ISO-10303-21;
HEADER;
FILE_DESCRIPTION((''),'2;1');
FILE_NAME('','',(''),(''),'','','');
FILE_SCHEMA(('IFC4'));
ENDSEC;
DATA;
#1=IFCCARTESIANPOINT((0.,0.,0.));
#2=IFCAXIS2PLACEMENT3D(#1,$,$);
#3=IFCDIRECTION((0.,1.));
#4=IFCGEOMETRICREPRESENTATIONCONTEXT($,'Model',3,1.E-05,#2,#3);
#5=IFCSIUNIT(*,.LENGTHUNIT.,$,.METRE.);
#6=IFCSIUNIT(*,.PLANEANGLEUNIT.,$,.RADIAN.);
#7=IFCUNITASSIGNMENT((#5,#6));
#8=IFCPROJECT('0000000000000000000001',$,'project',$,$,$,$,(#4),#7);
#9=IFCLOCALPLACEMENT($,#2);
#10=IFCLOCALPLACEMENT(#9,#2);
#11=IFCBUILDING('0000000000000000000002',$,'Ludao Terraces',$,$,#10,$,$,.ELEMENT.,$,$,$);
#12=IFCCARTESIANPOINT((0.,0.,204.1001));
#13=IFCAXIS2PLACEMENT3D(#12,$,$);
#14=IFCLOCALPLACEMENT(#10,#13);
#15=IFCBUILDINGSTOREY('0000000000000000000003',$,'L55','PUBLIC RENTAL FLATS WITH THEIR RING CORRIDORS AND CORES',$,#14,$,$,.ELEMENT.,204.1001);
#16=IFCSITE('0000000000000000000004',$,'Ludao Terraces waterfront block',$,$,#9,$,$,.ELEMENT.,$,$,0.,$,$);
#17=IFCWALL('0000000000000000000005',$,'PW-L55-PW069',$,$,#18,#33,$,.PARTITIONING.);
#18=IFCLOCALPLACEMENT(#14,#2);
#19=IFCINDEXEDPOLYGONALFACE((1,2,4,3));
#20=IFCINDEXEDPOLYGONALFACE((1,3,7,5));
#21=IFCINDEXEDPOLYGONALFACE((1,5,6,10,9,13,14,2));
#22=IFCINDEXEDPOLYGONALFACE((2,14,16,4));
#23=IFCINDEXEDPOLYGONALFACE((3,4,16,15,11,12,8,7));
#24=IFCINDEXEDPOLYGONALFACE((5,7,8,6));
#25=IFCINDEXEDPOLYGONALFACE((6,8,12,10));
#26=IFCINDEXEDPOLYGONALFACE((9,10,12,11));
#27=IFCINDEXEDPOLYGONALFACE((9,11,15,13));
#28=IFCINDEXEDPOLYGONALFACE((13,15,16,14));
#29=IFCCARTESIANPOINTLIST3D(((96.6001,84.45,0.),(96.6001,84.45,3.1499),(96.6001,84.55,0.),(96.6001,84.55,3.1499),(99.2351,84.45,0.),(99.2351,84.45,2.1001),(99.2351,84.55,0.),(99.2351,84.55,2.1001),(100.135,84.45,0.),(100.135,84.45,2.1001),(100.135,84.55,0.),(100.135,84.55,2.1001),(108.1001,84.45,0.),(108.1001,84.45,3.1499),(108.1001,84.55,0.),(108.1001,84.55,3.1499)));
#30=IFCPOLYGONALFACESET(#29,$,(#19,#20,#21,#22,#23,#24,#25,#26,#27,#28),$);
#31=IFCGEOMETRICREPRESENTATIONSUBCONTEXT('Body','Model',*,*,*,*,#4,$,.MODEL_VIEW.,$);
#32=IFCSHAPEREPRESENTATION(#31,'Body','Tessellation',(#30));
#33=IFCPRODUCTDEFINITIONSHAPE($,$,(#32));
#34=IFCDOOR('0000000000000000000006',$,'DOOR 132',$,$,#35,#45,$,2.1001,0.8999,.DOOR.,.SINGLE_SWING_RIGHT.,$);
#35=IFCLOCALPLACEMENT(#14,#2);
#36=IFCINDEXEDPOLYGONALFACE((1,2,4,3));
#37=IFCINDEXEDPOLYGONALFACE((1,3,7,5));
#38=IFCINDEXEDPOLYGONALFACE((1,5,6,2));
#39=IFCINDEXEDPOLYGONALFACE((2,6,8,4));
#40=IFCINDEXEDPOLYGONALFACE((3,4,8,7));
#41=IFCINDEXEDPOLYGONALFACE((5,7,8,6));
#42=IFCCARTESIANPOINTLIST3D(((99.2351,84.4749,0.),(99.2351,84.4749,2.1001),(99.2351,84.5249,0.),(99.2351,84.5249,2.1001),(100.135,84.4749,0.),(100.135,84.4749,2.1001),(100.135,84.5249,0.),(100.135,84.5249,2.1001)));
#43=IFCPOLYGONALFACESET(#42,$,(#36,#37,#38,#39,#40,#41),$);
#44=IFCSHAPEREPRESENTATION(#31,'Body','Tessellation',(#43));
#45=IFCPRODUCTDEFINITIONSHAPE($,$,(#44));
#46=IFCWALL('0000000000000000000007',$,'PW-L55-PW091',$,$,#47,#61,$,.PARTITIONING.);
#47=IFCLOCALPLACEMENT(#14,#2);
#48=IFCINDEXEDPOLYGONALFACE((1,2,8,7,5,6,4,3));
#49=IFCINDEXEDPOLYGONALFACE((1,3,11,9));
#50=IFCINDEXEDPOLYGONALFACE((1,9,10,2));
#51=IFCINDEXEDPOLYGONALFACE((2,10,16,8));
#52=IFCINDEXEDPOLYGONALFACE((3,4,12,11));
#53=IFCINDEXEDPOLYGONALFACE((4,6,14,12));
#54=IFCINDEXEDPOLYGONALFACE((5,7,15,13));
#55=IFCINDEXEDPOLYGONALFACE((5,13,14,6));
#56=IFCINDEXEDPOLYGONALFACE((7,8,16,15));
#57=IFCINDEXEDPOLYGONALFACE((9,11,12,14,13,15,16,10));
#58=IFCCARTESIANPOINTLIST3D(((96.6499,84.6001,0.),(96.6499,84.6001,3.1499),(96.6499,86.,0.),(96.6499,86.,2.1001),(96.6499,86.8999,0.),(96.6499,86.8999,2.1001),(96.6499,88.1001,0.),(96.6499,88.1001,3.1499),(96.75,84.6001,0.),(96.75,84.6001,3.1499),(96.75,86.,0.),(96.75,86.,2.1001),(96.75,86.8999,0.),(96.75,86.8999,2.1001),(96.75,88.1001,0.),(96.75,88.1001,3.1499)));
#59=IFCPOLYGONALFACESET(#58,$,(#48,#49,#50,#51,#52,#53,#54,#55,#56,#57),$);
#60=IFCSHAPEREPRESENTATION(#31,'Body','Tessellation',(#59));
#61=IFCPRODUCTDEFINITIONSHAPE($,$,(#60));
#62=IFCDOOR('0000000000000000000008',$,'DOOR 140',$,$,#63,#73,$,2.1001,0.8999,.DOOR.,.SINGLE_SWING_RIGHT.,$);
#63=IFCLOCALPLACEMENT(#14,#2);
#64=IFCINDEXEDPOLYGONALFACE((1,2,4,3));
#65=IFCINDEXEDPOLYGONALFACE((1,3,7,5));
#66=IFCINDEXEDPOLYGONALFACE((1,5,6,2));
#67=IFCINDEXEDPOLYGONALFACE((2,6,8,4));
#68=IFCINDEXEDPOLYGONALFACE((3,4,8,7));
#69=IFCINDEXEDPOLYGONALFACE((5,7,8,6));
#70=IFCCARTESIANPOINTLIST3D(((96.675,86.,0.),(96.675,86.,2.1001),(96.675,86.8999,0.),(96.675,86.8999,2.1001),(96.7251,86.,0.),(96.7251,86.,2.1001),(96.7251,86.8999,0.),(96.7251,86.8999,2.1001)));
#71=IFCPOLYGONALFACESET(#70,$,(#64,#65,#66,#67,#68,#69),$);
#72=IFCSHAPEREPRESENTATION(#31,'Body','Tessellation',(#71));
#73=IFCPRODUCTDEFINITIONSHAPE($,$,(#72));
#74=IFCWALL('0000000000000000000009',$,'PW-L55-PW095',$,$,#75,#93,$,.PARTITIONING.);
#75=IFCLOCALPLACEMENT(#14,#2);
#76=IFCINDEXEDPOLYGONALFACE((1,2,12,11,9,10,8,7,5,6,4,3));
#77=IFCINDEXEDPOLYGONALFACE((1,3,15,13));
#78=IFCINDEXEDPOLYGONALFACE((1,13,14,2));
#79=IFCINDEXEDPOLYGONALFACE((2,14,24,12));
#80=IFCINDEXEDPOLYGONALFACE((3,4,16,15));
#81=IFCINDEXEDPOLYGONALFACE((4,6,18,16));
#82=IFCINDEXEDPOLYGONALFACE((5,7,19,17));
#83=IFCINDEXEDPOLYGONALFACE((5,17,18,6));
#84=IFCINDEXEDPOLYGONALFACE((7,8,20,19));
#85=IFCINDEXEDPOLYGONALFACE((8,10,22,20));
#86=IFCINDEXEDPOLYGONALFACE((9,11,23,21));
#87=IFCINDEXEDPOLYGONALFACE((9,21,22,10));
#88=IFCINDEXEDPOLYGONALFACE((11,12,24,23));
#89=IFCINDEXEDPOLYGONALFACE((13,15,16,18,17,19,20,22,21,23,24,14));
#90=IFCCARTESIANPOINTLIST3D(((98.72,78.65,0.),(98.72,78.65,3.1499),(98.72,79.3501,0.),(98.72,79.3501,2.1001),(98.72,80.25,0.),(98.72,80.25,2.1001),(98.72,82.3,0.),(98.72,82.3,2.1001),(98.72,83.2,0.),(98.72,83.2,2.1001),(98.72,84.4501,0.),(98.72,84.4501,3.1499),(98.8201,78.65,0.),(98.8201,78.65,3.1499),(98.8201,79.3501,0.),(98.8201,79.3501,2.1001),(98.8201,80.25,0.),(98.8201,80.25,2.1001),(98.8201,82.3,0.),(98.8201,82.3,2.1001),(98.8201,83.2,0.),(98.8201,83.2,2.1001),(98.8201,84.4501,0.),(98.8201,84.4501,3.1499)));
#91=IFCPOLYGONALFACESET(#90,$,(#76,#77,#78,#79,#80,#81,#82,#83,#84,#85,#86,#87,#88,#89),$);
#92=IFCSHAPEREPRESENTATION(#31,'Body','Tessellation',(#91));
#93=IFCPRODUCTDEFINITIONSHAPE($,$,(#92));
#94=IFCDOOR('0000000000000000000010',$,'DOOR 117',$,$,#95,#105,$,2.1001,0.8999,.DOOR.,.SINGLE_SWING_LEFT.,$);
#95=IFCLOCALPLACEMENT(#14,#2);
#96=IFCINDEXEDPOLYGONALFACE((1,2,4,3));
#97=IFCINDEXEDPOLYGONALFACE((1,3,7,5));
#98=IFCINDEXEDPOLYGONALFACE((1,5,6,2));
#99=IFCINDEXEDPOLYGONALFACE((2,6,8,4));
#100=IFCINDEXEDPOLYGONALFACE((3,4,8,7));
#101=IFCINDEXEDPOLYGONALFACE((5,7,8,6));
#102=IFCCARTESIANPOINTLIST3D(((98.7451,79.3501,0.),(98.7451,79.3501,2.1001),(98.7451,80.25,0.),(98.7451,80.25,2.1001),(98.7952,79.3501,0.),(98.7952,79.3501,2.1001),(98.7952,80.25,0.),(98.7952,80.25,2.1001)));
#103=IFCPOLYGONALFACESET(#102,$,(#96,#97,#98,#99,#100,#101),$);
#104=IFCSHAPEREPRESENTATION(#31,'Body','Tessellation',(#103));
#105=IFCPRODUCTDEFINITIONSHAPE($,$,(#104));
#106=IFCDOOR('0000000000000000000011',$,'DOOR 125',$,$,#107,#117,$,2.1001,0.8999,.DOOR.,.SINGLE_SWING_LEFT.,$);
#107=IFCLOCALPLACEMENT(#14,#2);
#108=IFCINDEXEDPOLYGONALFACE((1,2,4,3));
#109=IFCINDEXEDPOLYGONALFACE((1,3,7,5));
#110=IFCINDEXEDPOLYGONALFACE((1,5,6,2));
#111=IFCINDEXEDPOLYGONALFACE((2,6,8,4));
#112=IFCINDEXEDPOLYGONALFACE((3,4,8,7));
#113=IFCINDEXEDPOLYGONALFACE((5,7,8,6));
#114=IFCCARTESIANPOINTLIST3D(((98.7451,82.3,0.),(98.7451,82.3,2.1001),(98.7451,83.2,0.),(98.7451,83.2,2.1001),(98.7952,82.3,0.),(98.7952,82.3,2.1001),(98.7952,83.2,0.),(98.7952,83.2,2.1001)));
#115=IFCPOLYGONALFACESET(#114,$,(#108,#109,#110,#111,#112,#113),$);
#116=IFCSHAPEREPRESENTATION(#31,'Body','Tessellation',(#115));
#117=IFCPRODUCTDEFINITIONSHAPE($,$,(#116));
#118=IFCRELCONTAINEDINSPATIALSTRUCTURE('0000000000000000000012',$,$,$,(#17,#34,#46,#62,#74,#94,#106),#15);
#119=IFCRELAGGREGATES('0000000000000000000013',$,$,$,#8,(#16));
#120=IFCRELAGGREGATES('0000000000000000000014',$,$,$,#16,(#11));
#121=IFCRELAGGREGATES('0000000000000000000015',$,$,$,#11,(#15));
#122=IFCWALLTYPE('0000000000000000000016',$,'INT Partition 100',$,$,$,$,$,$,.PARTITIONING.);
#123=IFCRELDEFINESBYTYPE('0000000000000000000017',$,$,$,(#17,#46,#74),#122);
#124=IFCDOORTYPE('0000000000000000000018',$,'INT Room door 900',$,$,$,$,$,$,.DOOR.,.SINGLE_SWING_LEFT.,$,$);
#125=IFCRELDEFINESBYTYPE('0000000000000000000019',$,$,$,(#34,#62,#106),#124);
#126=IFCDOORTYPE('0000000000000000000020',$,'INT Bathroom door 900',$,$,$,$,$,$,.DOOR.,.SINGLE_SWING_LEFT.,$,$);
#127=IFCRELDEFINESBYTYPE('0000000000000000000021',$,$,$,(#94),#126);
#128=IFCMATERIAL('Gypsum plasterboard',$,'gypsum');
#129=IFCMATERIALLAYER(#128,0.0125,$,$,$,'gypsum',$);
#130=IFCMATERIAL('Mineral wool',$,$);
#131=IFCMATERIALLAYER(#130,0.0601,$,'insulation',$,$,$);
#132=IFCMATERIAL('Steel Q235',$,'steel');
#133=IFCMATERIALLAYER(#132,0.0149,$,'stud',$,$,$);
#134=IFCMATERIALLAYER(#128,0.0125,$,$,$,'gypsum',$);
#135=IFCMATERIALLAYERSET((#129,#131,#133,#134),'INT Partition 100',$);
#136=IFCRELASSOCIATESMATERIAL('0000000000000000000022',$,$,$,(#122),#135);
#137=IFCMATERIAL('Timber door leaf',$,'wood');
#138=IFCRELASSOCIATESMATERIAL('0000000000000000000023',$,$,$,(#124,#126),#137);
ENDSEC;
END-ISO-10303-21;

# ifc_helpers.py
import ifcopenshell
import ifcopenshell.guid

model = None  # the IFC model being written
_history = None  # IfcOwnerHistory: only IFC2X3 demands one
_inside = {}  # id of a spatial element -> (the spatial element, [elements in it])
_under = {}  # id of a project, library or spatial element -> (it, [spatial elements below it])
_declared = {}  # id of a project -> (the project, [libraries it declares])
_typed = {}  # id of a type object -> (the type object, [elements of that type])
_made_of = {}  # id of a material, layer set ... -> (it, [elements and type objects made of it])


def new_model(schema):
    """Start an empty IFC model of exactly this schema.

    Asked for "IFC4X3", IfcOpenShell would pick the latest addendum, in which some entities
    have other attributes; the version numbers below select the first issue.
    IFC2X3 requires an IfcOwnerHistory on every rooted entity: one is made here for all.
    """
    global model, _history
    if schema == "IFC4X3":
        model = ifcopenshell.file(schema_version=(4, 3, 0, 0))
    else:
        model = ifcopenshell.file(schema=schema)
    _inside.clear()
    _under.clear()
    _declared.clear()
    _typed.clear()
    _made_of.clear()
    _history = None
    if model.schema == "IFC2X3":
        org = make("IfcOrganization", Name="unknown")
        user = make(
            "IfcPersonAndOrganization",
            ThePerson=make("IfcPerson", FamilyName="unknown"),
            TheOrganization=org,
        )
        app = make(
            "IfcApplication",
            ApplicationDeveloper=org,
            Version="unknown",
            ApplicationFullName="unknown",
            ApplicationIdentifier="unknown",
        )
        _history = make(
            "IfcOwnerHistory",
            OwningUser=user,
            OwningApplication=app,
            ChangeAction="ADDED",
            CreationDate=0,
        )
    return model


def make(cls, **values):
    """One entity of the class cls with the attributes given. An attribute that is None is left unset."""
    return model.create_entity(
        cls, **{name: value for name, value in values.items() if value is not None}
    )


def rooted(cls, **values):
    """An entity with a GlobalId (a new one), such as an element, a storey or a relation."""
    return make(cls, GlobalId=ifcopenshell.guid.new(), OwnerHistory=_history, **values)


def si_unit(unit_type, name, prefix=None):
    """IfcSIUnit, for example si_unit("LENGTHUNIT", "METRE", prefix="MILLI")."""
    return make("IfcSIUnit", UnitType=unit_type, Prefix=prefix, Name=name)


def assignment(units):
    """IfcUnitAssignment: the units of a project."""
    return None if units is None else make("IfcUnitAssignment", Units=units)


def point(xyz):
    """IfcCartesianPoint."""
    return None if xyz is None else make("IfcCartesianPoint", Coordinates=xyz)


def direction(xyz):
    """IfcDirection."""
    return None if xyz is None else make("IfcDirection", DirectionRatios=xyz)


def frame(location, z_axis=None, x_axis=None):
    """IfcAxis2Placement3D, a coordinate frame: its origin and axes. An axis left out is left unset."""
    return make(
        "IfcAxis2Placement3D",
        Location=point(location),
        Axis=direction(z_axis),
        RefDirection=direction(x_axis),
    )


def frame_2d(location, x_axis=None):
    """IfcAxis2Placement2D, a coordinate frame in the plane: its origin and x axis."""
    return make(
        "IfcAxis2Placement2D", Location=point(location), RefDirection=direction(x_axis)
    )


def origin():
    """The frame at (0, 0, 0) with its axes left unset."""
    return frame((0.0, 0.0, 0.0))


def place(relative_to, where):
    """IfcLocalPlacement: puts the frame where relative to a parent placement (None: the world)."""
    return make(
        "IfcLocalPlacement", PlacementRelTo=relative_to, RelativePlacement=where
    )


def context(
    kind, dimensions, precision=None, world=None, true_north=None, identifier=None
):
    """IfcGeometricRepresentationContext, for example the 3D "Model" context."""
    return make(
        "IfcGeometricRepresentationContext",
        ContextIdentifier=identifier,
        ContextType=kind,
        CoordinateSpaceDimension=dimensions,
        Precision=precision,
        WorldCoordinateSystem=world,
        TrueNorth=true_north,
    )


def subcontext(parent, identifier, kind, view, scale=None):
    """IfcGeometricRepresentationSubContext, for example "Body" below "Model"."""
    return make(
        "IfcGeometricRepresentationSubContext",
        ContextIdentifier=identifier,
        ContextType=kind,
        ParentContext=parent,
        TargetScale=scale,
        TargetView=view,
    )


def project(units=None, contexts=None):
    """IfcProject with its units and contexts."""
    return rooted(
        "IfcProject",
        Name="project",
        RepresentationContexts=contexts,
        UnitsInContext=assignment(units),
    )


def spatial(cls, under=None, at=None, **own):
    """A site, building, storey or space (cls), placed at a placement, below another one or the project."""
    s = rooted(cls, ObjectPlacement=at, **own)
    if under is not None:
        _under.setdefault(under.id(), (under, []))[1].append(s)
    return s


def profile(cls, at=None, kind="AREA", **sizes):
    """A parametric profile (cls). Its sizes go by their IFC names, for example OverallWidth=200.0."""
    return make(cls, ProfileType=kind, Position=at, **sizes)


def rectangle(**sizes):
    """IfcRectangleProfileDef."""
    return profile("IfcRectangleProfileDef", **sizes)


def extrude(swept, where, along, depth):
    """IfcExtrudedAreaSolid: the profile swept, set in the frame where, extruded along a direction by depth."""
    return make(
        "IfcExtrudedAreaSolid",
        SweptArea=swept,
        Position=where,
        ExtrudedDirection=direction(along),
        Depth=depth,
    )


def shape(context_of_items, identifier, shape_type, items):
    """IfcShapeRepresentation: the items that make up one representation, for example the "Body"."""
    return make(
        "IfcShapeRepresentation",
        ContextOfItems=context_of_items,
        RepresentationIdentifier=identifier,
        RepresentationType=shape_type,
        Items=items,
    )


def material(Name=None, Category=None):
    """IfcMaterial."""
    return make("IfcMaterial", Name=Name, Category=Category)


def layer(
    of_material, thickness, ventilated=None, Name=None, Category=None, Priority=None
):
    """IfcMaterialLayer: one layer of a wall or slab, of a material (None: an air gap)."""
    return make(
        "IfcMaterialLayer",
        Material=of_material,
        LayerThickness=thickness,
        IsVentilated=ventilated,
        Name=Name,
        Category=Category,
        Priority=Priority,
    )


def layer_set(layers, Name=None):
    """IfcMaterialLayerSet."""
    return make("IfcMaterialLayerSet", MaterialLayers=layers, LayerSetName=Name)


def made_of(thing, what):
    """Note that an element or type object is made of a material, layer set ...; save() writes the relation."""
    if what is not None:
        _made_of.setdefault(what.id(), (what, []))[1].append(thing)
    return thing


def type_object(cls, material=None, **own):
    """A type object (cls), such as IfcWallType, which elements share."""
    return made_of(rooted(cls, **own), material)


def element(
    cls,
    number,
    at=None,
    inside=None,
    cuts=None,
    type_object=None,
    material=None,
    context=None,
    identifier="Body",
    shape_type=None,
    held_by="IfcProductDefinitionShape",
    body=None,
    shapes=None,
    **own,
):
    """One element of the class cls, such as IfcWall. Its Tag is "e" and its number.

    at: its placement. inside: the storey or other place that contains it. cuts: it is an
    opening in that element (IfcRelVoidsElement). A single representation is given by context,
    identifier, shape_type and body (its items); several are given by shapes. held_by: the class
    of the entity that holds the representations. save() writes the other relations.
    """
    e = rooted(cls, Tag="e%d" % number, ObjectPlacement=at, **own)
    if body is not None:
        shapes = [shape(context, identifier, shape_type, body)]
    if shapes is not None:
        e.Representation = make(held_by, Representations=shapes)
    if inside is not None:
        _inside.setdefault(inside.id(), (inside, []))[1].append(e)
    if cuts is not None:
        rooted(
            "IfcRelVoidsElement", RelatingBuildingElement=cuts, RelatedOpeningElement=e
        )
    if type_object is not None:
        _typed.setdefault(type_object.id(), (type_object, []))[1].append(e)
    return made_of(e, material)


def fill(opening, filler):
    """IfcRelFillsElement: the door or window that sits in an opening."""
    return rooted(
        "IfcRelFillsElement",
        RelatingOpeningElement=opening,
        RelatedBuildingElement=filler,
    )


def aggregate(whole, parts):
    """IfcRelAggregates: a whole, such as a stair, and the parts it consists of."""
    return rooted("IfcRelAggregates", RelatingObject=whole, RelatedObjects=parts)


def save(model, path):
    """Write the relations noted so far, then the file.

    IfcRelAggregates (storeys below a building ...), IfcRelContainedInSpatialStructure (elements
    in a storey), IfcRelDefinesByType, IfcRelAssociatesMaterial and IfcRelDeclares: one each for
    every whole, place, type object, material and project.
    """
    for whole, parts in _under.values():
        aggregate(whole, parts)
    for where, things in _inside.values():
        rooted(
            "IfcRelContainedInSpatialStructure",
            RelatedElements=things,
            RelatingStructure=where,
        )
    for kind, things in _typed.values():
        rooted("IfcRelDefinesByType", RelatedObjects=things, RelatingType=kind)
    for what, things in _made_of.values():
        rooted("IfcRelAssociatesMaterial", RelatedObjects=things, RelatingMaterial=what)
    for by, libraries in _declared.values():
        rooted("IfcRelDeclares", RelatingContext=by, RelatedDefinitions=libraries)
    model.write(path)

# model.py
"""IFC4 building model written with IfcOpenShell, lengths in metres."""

from ifc_helpers import new_model, si_unit, direction, frame, frame_2d, origin, place, context, subcontext, project, spatial, rectangle, extrude, material, layer, layer_set, type_object, element, fill, save


model = new_model("IFC4")

# Units and contexts
model_context = context("Model", 3, precision=1e-05, world=origin(), true_north=direction((0.0, 1.0)))
body_context = subcontext(model_context, "Body", "Model", "MODEL_VIEW")
ifc_project = project(units=[si_unit("LENGTHUNIT", "METRE"), si_unit("PLANEANGLEUNIT", "RADIAN")], contexts=[model_context])

# Site, building, storey
site_placement = place(None, origin())
site = spatial("IfcSite", under=ifc_project, at=site_placement, Name="Ludao Terraces waterfront block", CompositionType="ELEMENT", RefElevation=0.0)
building_placement = place(site_placement, origin())
building = spatial("IfcBuilding", under=site, at=building_placement, Name="Ludao Terraces", CompositionType="ELEMENT")
storey_placement = place(building_placement, frame((0.0, 0.0, 204.1001)))
storey = spatial("IfcBuildingStorey", under=building, at=storey_placement, Name="L55", Description="PUBLIC RENTAL FLATS WITH THEIR RING CORRIDORS AND CORES", CompositionType="ELEMENT", Elevation=204.1001)

# Shared definitions
ifc_material_1 = material(Name="Mineral wool")

# Shared definitions
ifc_material_2 = material(Name="Gypsum plasterboard", Category="gypsum")
ifc_layer_1 = layer(ifc_material_2, 0.0125, Category="gypsum")
ifc_layer_2 = layer(ifc_material_1, 0.0601, Name="insulation")
ifc_material_3 = material(Name="Steel Q235", Category="steel")
ifc_layer_3 = layer(ifc_material_3, 0.0149, Name="stud")
ifc_layer_4 = layer(ifc_material_2, 0.0125, Category="gypsum")
ifc_layer_set_1 = layer_set([ifc_layer_1, ifc_layer_2, ifc_layer_3, ifc_layer_4], Name="INT Partition 100")
wall_type_1 = type_object("IfcWallType", Name="INT Partition 100", PredefinedType="PARTITIONING", material=ifc_layer_set_1)

# Walls, openings, doors
wall_1_placement = place(storey_placement, frame((96.6001, 84.5, 0.0), z_axis=(0.0, 0.0, 1.0), x_axis=(1.0, 0.0, 0.0)))
wall_1 = element("IfcWall", 1, at=wall_1_placement, inside=storey, type_object=wall_type_1, Name="PW-L55-PW069", PredefinedType="PARTITIONING", context=body_context, shape_type="SweptSolid", body=[
    extrude(rectangle(XDim=11.5, YDim=0.1001, at=frame_2d((5.75, 0.0))), origin(), (0.0, 0.0, 1.0), 3.1499),
])
opening_1_placement = place(wall_1_placement, frame((2.635, 0.0, 0.0)))
opening_1 = element("IfcOpeningElement", 2, at=opening_1_placement, cuts=wall_1, PredefinedType="OPENING", context=body_context, shape_type="SweptSolid", body=[
    extrude(rectangle(XDim=0.8999, YDim=2.1001, at=frame_2d((0.45, 1.05))), frame((0.0, 0.0601, 0.0), z_axis=(0.0, -1.0, 0.0), x_axis=(1.0, 0.0, 0.0)), (0.0, 0.0, 1.0), 0.1201),
])
ifc_material_4 = material(Name="Timber door leaf", Category="wood")
door_type_1 = type_object("IfcDoorType", Name="INT Room door 900", OperationType="SINGLE_SWING_LEFT", PredefinedType="DOOR", material=ifc_material_4)
door_1_placement = place(opening_1_placement, origin())
door_1 = element("IfcDoor", 3, at=door_1_placement, inside=storey, type_object=door_type_1, Name="DOOR 132", OperationType="SINGLE_SWING_RIGHT", OverallHeight=2.1001, OverallWidth=0.8999, PredefinedType="DOOR", context=body_context, shape_type="SweptSolid", body=[
    extrude(rectangle(XDim=0.8999, YDim=2.1001, at=frame_2d((0.45, 1.05))), frame((0.0, 0.0249, 0.0), z_axis=(0.0, -1.0, 0.0), x_axis=(1.0, 0.0, 0.0)), (0.0, 0.0, 1.0), 0.05),
])
fill(opening_1, door_1)
wall_2_placement = place(storey_placement, frame((96.7, 84.6001, 0.0), z_axis=(0.0, 0.0, 1.0), x_axis=(0.0, 1.0, 0.0)))
wall_2 = element("IfcWall", 4, at=wall_2_placement, inside=storey, type_object=wall_type_1, Name="PW-L55-PW091", PredefinedType="PARTITIONING", context=body_context, shape_type="SweptSolid", body=[
    extrude(rectangle(XDim=3.5, YDim=0.1001, at=frame_2d((1.75, 0.0))), origin(), (0.0, 0.0, 1.0), 3.1499),
])
opening_2_placement = place(wall_2_placement, frame((1.3999, 0.0, 0.0)))
opening_2 = element("IfcOpeningElement", 5, at=opening_2_placement, cuts=wall_2, PredefinedType="OPENING", context=body_context, shape_type="SweptSolid", body=[
    extrude(rectangle(XDim=0.8999, YDim=2.1001, at=frame_2d((0.45, 1.05))), frame((0.0, 0.0601, 0.0), z_axis=(0.0, -1.0, 0.0), x_axis=(1.0, 0.0, 0.0)), (0.0, 0.0, 1.0), 0.1201),
])
door_2_placement = place(opening_2_placement, origin())
door_2 = element("IfcDoor", 6, at=door_2_placement, inside=storey, type_object=door_type_1, Name="DOOR 140", OperationType="SINGLE_SWING_RIGHT", OverallHeight=2.1001, OverallWidth=0.8999, PredefinedType="DOOR", context=body_context, shape_type="SweptSolid", body=[
    extrude(rectangle(XDim=0.8999, YDim=2.1001, at=frame_2d((0.45, 1.05))), frame((0.0, 0.0249, 0.0), z_axis=(0.0, -1.0, 0.0), x_axis=(1.0, 0.0, 0.0)), (0.0, 0.0, 1.0), 0.05),
])
fill(opening_2, door_2)

# Wall, openings, doors
wall_3_placement = place(storey_placement, frame((98.77, 78.6501, 0.0), z_axis=(0.0, 0.0, 1.0), x_axis=(0.0, 1.0, 0.0)))
wall_3 = element("IfcWall", 7, at=wall_3_placement, inside=storey, type_object=wall_type_1, Name="PW-L55-PW095", PredefinedType="PARTITIONING", context=body_context, shape_type="SweptSolid", body=[
    extrude(rectangle(XDim=5.8, YDim=0.1001, at=frame_2d((2.8999, 0.0))), origin(), (0.0, 0.0, 1.0), 3.1499),
])
opening_3_placement = place(wall_3_placement, frame((0.7, 0.0, 0.0)))
opening_3 = element("IfcOpeningElement", 8, at=opening_3_placement, cuts=wall_3, PredefinedType="OPENING", context=body_context, shape_type="SweptSolid", body=[
    extrude(rectangle(XDim=0.8999, YDim=2.1001, at=frame_2d((0.45, 1.05))), frame((0.0, 0.0601, 0.0), z_axis=(0.0, -1.0, 0.0), x_axis=(1.0, 0.0, 0.0)), (0.0, 0.0, 1.0), 0.1201),
])
opening_4_placement = place(wall_3_placement, frame((3.6499, 0.0, 0.0)))
opening_4 = element("IfcOpeningElement", 9, at=opening_4_placement, cuts=wall_3, PredefinedType="OPENING", context=body_context, shape_type="SweptSolid", body=[
    extrude(rectangle(XDim=0.8999, YDim=2.1001, at=frame_2d((0.45, 1.05))), frame((0.0, 0.0601, 0.0), z_axis=(0.0, -1.0, 0.0), x_axis=(1.0, 0.0, 0.0)), (0.0, 0.0, 1.0), 0.1201),
])
door_type_2 = type_object("IfcDoorType", Name="INT Bathroom door 900", OperationType="SINGLE_SWING_LEFT", PredefinedType="DOOR", material=ifc_material_4)
door_3_placement = place(opening_3_placement, origin())
door_3 = element("IfcDoor", 10, at=door_3_placement, inside=storey, type_object=door_type_2, Name="DOOR 117", OperationType="SINGLE_SWING_LEFT", OverallHeight=2.1001, OverallWidth=0.8999, PredefinedType="DOOR", context=body_context, shape_type="SweptSolid", body=[
    extrude(rectangle(XDim=0.8999, YDim=2.1001, at=frame_2d((0.45, 1.05))), frame((0.0, 0.0249, 0.0), z_axis=(0.0, -1.0, 0.0), x_axis=(1.0, 0.0, 0.0)), (0.0, 0.0, 1.0), 0.05),
])
fill(opening_3, door_3)
door_4_placement = place(opening_4_placement, origin())
door_4 = element("IfcDoor", 11, at=door_4_placement, inside=storey, type_object=door_type_1, Name="DOOR 125", OperationType="SINGLE_SWING_LEFT", OverallHeight=2.1001, OverallWidth=0.8999, PredefinedType="DOOR", context=body_context, shape_type="SweptSolid", body=[
    extrude(rectangle(XDim=0.8999, YDim=2.1001, at=frame_2d((0.45, 1.05))), frame((0.0, 0.0249, 0.0), z_axis=(0.0, -1.0, 0.0), x_axis=(1.0, 0.0, 0.0)), (0.0, 0.0, 1.0), 0.05),
])
fill(opening_4, door_4)

save(model, "model.ifc")
